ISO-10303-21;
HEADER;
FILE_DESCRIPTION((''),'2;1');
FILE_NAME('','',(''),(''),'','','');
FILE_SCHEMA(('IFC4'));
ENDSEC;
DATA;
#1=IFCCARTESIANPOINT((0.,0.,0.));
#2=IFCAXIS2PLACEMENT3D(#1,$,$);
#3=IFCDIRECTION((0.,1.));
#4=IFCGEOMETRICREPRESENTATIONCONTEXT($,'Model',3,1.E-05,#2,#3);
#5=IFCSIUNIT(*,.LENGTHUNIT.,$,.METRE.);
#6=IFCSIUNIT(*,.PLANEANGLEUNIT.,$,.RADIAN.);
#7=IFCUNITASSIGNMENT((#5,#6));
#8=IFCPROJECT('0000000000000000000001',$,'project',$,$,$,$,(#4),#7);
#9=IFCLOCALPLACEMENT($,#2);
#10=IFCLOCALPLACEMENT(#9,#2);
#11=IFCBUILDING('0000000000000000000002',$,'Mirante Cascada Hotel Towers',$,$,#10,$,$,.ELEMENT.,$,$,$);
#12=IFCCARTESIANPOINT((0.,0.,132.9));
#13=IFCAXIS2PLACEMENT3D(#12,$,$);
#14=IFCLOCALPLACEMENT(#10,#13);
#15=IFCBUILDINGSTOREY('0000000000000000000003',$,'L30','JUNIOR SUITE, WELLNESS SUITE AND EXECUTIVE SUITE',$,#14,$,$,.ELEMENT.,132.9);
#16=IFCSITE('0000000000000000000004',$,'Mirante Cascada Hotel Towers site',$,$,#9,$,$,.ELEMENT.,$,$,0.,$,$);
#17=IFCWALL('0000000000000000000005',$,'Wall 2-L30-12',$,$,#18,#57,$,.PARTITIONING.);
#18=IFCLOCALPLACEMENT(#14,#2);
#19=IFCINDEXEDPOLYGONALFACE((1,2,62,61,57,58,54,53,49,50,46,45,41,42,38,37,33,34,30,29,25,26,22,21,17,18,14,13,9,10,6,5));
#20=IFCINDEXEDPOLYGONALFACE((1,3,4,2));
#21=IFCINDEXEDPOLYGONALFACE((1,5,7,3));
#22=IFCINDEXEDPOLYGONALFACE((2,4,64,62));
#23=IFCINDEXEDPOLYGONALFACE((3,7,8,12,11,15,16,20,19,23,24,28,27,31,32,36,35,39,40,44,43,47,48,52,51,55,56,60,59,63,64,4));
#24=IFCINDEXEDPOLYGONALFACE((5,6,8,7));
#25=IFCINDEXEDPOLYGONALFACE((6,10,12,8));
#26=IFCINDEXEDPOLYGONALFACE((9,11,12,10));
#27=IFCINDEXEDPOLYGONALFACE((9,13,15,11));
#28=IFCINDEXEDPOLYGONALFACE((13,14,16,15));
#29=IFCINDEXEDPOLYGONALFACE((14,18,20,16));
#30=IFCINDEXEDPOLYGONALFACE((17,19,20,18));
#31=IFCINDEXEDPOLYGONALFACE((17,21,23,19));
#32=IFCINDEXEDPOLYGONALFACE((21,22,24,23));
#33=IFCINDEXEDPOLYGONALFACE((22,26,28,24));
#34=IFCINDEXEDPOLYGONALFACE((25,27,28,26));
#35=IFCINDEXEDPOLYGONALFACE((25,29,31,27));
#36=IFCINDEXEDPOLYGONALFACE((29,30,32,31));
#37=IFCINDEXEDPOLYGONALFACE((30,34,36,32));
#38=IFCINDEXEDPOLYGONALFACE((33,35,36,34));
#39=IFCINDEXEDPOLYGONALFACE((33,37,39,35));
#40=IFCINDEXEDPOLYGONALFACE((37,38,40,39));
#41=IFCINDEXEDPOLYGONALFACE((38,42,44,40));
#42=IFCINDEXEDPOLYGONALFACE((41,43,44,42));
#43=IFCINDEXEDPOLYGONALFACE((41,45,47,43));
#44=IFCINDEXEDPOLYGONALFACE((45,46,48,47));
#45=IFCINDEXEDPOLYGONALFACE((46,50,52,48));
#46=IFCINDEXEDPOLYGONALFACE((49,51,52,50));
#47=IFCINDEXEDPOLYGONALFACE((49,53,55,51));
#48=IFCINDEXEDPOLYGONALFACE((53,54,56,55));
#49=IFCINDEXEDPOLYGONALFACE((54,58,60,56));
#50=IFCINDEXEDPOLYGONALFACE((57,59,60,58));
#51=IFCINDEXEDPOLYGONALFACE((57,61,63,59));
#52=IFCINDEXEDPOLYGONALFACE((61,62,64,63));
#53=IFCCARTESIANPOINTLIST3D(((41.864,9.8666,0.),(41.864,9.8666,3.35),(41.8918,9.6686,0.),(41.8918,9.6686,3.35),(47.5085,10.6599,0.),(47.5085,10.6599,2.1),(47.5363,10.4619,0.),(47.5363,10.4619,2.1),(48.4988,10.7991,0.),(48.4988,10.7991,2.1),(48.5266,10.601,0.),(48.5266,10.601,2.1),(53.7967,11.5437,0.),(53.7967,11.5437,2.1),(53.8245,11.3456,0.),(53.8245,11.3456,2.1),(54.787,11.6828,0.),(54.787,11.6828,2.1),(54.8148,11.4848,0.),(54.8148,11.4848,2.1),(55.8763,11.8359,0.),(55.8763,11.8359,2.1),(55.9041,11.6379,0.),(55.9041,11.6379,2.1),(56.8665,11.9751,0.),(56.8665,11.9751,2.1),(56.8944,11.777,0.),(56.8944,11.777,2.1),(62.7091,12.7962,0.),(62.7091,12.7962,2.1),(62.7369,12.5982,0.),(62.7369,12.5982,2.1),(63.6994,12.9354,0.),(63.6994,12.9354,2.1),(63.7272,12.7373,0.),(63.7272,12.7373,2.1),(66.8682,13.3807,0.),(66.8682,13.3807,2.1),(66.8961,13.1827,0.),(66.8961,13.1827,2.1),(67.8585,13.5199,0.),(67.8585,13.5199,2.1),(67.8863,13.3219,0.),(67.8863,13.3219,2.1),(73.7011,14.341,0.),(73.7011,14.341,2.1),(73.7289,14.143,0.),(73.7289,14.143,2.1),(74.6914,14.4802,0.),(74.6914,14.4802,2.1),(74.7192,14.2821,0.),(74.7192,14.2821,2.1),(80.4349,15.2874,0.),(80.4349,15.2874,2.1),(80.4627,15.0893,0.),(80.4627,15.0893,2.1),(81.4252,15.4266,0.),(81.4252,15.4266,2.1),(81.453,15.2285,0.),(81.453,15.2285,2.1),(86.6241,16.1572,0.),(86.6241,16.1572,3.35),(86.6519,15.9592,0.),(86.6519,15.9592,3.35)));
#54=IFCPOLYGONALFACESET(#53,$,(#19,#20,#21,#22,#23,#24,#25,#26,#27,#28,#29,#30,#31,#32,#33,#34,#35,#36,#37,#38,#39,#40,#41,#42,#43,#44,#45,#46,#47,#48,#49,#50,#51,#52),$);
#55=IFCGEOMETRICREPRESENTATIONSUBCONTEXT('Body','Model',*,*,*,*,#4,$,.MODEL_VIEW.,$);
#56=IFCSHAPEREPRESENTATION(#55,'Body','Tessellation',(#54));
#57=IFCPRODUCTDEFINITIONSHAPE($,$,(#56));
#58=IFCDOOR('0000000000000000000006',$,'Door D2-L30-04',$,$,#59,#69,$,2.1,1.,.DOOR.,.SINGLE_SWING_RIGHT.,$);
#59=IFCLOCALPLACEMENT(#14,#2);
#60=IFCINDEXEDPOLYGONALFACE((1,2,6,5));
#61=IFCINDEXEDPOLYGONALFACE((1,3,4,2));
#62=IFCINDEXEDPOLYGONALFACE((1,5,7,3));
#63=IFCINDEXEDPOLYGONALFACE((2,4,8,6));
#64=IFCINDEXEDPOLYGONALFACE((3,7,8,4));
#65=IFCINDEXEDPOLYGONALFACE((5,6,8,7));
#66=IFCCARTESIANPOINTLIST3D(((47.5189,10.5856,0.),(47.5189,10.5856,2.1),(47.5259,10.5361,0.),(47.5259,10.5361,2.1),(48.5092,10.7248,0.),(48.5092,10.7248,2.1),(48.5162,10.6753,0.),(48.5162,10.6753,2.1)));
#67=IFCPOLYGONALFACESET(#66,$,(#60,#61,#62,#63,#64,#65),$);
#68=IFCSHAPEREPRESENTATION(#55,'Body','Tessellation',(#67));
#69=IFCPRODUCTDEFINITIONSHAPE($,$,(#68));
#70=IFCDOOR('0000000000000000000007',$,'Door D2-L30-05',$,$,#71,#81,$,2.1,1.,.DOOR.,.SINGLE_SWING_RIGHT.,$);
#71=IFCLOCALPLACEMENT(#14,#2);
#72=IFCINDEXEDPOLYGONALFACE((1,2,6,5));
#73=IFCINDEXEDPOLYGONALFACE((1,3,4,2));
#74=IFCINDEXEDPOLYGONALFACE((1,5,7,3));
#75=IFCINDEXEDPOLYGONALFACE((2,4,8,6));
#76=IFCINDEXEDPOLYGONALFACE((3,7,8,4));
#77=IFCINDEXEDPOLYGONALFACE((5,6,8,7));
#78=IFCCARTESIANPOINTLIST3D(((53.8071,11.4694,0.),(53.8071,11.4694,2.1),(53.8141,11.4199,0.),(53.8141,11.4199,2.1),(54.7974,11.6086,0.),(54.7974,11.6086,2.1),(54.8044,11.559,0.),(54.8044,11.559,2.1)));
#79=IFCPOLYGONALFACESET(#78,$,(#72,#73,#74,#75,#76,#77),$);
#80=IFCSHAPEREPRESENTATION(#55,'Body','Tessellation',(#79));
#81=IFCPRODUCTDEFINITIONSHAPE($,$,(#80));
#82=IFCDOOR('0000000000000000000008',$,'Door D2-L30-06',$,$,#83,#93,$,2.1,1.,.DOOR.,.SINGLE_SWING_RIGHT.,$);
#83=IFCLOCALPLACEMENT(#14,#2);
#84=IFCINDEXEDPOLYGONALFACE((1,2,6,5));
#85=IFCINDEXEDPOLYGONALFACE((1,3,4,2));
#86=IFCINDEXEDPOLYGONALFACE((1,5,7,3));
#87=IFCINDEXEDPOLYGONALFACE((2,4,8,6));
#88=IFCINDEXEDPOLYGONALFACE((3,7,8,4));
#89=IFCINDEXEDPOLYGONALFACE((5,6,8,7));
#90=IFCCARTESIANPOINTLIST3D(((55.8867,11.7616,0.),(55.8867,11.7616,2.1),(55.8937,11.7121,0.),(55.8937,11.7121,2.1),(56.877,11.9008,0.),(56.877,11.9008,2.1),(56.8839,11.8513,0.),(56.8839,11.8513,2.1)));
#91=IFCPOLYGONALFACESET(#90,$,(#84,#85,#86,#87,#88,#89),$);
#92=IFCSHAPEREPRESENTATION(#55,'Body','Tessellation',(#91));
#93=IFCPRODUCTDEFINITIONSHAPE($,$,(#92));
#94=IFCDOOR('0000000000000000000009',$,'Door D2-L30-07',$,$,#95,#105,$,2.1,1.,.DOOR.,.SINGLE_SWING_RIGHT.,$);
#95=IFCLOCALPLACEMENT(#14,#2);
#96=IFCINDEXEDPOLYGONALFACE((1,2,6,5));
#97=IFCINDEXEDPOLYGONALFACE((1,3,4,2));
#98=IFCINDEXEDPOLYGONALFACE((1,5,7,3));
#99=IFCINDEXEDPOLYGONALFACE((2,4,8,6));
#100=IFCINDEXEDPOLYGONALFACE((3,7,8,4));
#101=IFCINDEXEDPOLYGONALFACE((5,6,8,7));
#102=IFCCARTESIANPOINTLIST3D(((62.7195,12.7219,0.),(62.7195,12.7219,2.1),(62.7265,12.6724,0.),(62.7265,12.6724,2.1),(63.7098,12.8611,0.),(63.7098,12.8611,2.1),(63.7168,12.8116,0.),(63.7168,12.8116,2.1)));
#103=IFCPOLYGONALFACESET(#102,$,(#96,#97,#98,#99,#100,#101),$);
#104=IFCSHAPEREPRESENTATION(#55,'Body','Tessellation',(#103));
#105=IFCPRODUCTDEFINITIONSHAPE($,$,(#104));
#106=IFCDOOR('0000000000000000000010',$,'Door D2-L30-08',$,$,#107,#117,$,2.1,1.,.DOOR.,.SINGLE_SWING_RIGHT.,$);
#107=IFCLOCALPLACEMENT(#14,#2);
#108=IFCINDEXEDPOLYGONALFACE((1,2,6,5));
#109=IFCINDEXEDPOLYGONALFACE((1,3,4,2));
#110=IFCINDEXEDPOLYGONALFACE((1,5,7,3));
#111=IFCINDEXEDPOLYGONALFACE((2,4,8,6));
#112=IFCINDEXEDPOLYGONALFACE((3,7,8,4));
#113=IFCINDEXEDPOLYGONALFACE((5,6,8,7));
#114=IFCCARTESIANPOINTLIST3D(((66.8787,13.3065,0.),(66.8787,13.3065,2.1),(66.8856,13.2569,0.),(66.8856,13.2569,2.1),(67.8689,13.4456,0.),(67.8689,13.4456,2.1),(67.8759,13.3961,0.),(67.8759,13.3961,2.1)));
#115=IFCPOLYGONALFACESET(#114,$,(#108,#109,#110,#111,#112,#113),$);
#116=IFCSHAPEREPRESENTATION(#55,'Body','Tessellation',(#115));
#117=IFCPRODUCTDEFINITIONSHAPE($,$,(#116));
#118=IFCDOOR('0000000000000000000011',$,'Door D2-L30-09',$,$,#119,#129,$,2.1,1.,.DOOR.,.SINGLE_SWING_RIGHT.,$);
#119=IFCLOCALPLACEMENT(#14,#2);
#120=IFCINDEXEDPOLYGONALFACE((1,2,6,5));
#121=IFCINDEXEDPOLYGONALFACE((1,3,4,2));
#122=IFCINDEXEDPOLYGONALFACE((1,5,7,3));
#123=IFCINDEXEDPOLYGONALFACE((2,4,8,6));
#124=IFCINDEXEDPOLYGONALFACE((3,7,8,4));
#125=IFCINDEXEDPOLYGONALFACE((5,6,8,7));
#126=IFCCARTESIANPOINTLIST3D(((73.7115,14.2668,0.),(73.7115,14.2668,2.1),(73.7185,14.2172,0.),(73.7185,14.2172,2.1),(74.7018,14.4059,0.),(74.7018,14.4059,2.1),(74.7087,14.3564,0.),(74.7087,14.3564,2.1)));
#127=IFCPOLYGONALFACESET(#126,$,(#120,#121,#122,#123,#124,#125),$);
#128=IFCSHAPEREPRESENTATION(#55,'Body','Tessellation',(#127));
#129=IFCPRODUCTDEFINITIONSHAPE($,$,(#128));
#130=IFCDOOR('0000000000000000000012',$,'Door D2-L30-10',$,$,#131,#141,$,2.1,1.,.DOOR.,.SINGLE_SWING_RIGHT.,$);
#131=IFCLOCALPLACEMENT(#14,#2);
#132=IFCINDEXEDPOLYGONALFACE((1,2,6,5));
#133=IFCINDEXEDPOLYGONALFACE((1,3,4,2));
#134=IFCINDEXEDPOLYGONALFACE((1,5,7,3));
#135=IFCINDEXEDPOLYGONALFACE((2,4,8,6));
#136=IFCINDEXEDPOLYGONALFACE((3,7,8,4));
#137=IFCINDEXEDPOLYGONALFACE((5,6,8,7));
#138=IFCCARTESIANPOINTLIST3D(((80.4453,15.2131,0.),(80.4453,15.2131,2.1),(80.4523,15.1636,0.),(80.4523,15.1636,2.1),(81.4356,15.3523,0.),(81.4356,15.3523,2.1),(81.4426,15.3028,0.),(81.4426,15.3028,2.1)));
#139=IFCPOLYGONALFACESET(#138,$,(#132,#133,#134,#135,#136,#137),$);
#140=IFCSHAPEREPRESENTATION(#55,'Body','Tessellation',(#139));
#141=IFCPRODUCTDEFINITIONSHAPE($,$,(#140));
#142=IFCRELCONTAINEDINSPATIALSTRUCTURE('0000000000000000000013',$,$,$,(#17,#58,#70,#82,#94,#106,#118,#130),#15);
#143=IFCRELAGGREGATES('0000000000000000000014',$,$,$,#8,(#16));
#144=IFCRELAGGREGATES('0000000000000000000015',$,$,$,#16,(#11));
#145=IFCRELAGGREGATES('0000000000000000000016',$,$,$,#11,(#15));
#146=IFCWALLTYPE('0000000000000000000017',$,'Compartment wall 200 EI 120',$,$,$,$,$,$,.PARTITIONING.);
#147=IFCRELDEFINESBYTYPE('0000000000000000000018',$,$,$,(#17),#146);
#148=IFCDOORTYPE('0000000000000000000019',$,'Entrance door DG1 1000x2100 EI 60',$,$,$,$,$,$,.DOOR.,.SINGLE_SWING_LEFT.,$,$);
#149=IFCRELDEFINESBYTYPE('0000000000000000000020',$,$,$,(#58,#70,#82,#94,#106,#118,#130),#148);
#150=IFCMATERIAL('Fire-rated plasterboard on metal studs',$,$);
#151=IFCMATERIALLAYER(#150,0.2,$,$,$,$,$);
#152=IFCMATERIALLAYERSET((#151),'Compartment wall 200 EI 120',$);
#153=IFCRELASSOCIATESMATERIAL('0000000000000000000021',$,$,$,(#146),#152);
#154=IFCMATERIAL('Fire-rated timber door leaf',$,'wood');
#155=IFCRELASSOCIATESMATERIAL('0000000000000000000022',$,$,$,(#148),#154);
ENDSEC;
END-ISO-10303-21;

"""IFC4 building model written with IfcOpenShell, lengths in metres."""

from ifc_helpers import new_model, si_unit, direction, frame, frame_2d, origin, place, context, subcontext, project, spatial, rectangle, extrude, material, layer, layer_set, type_object, element, fill, save


model = new_model("IFC4")

# Units and contexts
model_context = context("Model", 3, precision=1e-05, world=origin(), true_north=direction((0.0, 1.0)))
body_context = subcontext(model_context, "Body", "Model", "MODEL_VIEW")
ifc_project = project(units=[si_unit("LENGTHUNIT", "METRE"), si_unit("PLANEANGLEUNIT", "RADIAN")], contexts=[model_context])

# Site, building, storey
site_placement = place(None, origin())
site = spatial("IfcSite", under=ifc_project, at=site_placement, Name="Mirante Cascada Hotel Towers site", CompositionType="ELEMENT", RefElevation=0.0)
building_placement = place(site_placement, origin())
building = spatial("IfcBuilding", under=site, at=building_placement, Name="Mirante Cascada Hotel Towers", CompositionType="ELEMENT")
storey_placement = place(building_placement, frame((0.0, 0.0, 132.9)))
storey = spatial("IfcBuildingStorey", under=building, at=storey_placement, Name="L30", Description="JUNIOR SUITE, WELLNESS SUITE AND EXECUTIVE SUITE", CompositionType="ELEMENT", Elevation=132.9)

# Wall, openings, doors
ifc_material_1 = material(Name="Fire-rated plasterboard on metal studs")
ifc_layer_1 = layer(ifc_material_1, 0.2)
ifc_layer_set_1 = layer_set([ifc_layer_1], Name="Compartment wall 200 EI 120")
wall_type_1 = type_object("IfcWallType", Name="Compartment wall 200 EI 120", PredefinedType="PARTITIONING", material=ifc_layer_set_1)
wall_1_placement = place(storey_placement, frame((86.638, 16.0582, 0.0), z_axis=(0.0, 0.0, 1.0), x_axis=(-0.990268, -0.139173, 0.0)))
wall_1 = element("IfcWall", 1, at=wall_1_placement, inside=storey, type_object=wall_type_1, Name="Wall 2-L30-12", PredefinedType="PARTITIONING", context=body_context, shape_type="SweptSolid", body=[
    extrude(rectangle(XDim=45.2, YDim=0.2, at=frame_2d((22.6, 0.0))), origin(), (0.0, 0.0, 1.0), 3.35),
])
opening_1_placement = place(wall_1_placement, frame((38.5, 0.0, 0.0)))
opening_1 = element("IfcOpeningElement", 2, at=opening_1_placement, cuts=wall_1, PredefinedType="OPENING", context=body_context, shape_type="SweptSolid", body=[
    extrude(rectangle(XDim=1.0, YDim=2.1, at=frame_2d((0.5, 1.05))), frame((0.0, 0.1, 0.0), z_axis=(0.0, -1.0, 0.0), x_axis=(1.0, 0.0, 0.0)), (0.0, 0.0, 1.0), 0.2),
])
opening_2_placement = place(wall_1_placement, frame((32.15, 0.0, 0.0)))
opening_2 = element("IfcOpeningElement", 3, at=opening_2_placement, cuts=wall_1, PredefinedType="OPENING", context=body_context, shape_type="SweptSolid", body=[
    extrude(rectangle(XDim=1.0, YDim=2.1, at=frame_2d((0.5, 1.05))), frame((0.0, 0.1, 0.0), z_axis=(0.0, -1.0, 0.0), x_axis=(1.0, 0.0, 0.0)), (0.0, 0.0, 1.0), 0.2),
])
opening_3_placement = place(wall_1_placement, frame((30.05, 0.0, 0.0)))
opening_3 = element("IfcOpeningElement", 4, at=opening_3_placement, cuts=wall_1, PredefinedType="OPENING", context=body_context, shape_type="SweptSolid", body=[
    extrude(rectangle(XDim=1.0, YDim=2.1, at=frame_2d((0.5, 1.05))), frame((0.0, 0.1, 0.0), z_axis=(0.0, -1.0, 0.0), x_axis=(1.0, 0.0, 0.0)), (0.0, 0.0, 1.0), 0.2),
])
opening_4_placement = place(wall_1_placement, frame((23.15, 0.0, 0.0)))
opening_4 = element("IfcOpeningElement", 5, at=opening_4_placement, cuts=wall_1, PredefinedType="OPENING", context=body_context, shape_type="SweptSolid", body=[
    extrude(rectangle(XDim=1.0, YDim=2.1, at=frame_2d((0.5, 1.05))), frame((0.0, 0.1, 0.0), z_axis=(0.0, -1.0, 0.0), x_axis=(1.0, 0.0, 0.0)), (0.0, 0.0, 1.0), 0.2),
])
opening_5_placement = place(wall_1_placement, frame((18.95, 0.0, 0.0)))
opening_5 = element("IfcOpeningElement", 6, at=opening_5_placement, cuts=wall_1, PredefinedType="OPENING", context=body_context, shape_type="SweptSolid", body=[
    extrude(rectangle(XDim=1.0, YDim=2.1, at=frame_2d((0.5, 1.05))), frame((0.0, 0.1, 0.0), z_axis=(0.0, -1.0, 0.0), x_axis=(1.0, 0.0, 0.0)), (0.0, 0.0, 1.0), 0.2),
])
opening_6_placement = place(wall_1_placement, frame((12.05, 0.0, 0.0)))
opening_6 = element("IfcOpeningElement", 7, at=opening_6_placement, cuts=wall_1, PredefinedType="OPENING", context=body_context, shape_type="SweptSolid", body=[
    extrude(rectangle(XDim=1.0, YDim=2.1, at=frame_2d((0.5, 1.05))), frame((0.0, 0.1, 0.0), z_axis=(0.0, -1.0, 0.0), x_axis=(1.0, 0.0, 0.0)), (0.0, 0.0, 1.0), 0.2),
])
opening_7_placement = place(wall_1_placement, frame((5.25, 0.0, 0.0)))
opening_7 = element("IfcOpeningElement", 8, at=opening_7_placement, cuts=wall_1, PredefinedType="OPENING", context=body_context, shape_type="SweptSolid", body=[
    extrude(rectangle(XDim=1.0, YDim=2.1, at=frame_2d((0.5, 1.05))), frame((0.0, 0.1, 0.0), z_axis=(0.0, -1.0, 0.0), x_axis=(1.0, 0.0, 0.0)), (0.0, 0.0, 1.0), 0.2),
])
ifc_material_2 = material(Name="Fire-rated timber door leaf", Category="wood")
door_type_1 = type_object("IfcDoorType", Name="Entrance door DG1 1000x2100 EI 60", OperationType="SINGLE_SWING_LEFT", PredefinedType="DOOR", material=ifc_material_2)
door_1_placement = place(opening_1_placement, frame((1.0, 0.0, 0.0), z_axis=(0.0, 0.0, 1.0), x_axis=(-1.0, 0.0, 0.0)))
door_1 = element("IfcDoor", 9, at=door_1_placement, inside=storey, type_object=door_type_1, Name="Door D2-L30-04", OperationType="SINGLE_SWING_RIGHT", OverallHeight=2.1, OverallWidth=1.0, PredefinedType="DOOR", context=body_context, shape_type="SweptSolid", body=[
    extrude(rectangle(XDim=1.0, YDim=2.1, at=frame_2d((0.5, 1.05))), frame((0.0, 0.025, 0.0), z_axis=(0.0, -1.0, 0.0), x_axis=(1.0, 0.0, 0.0)), (0.0, 0.0, 1.0), 0.05),
])
fill(opening_1, door_1)
door_2_placement = place(opening_2_placement, frame((1.0, 0.0, 0.0), z_axis=(0.0, 0.0, 1.0), x_axis=(-1.0, 0.0, 0.0)))
door_2 = element("IfcDoor", 10, at=door_2_placement, inside=storey, type_object=door_type_1, Name="Door D2-L30-05", OperationType="SINGLE_SWING_RIGHT", OverallHeight=2.1, OverallWidth=1.0, PredefinedType="DOOR", context=body_context, shape_type="SweptSolid", body=[
    extrude(rectangle(XDim=1.0, YDim=2.1, at=frame_2d((0.5, 1.05))), frame((0.0, 0.025, 0.0), z_axis=(0.0, -1.0, 0.0), x_axis=(1.0, 0.0, 0.0)), (0.0, 0.0, 1.0), 0.05),
])
fill(opening_2, door_2)
door_3_placement = place(opening_3_placement, frame((1.0, 0.0, 0.0), z_axis=(0.0, 0.0, 1.0), x_axis=(-1.0, 0.0, 0.0)))
door_3 = element("IfcDoor", 11, at=door_3_placement, inside=storey, type_object=door_type_1, Name="Door D2-L30-06", OperationType="SINGLE_SWING_RIGHT", OverallHeight=2.1, OverallWidth=1.0, PredefinedType="DOOR", context=body_context, shape_type="SweptSolid", body=[
    extrude(rectangle(XDim=1.0, YDim=2.1, at=frame_2d((0.5, 1.05))), frame((0.0, 0.025, 0.0), z_axis=(0.0, -1.0, 0.0), x_axis=(1.0, 0.0, 0.0)), (0.0, 0.0, 1.0), 0.05),
])
fill(opening_3, door_3)
door_4_placement = place(opening_4_placement, frame((1.0, 0.0, 0.0), z_axis=(0.0, 0.0, 1.0), x_axis=(-1.0, 0.0, 0.0)))
door_4 = element("IfcDoor", 12, at=door_4_placement, inside=storey, type_object=door_type_1, Name="Door D2-L30-07", OperationType="SINGLE_SWING_RIGHT", OverallHeight=2.1, OverallWidth=1.0, PredefinedType="DOOR", context=body_context, shape_type="SweptSolid", body=[
    extrude(rectangle(XDim=1.0, YDim=2.1, at=frame_2d((0.5, 1.05))), frame((0.0, 0.025, 0.0), z_axis=(0.0, -1.0, 0.0), x_axis=(1.0, 0.0, 0.0)), (0.0, 0.0, 1.0), 0.05),
])
fill(opening_4, door_4)
door_5_placement = place(opening_5_placement, frame((1.0, 0.0, 0.0), z_axis=(0.0, 0.0, 1.0), x_axis=(-1.0, 0.0, 0.0)))
door_5 = element("IfcDoor", 13, at=door_5_placement, inside=storey, type_object=door_type_1, Name="Door D2-L30-08", OperationType="SINGLE_SWING_RIGHT", OverallHeight=2.1, OverallWidth=1.0, PredefinedType="DOOR", context=body_context, shape_type="SweptSolid", body=[
    extrude(rectangle(XDim=1.0, YDim=2.1, at=frame_2d((0.5, 1.05))), frame((0.0, 0.025, 0.0), z_axis=(0.0, -1.0, 0.0), x_axis=(1.0, 0.0, 0.0)), (0.0, 0.0, 1.0), 0.05),
])
fill(opening_5, door_5)
door_6_placement = place(opening_6_placement, frame((1.0, 0.0, 0.0), z_axis=(0.0, 0.0, 1.0), x_axis=(-1.0, 0.0, 0.0)))
door_6 = element("IfcDoor", 14, at=door_6_placement, inside=storey, type_object=door_type_1, Name="Door D2-L30-09", OperationType="SINGLE_SWING_RIGHT", OverallHeight=2.1, OverallWidth=1.0, PredefinedType="DOOR", context=body_context, shape_type="SweptSolid", body=[
    extrude(rectangle(XDim=1.0, YDim=2.1, at=frame_2d((0.5, 1.05))), frame((0.0, 0.025, 0.0), z_axis=(0.0, -1.0, 0.0), x_axis=(1.0, 0.0, 0.0)), (0.0, 0.0, 1.0), 0.05),
])
fill(opening_6, door_6)
door_7_placement = place(opening_7_placement, frame((1.0, 0.0, 0.0), z_axis=(0.0, 0.0, 1.0), x_axis=(-1.0, 0.0, 0.0)))
door_7 = element("IfcDoor", 15, at=door_7_placement, inside=storey, type_object=door_type_1, Name="Door D2-L30-10", OperationType="SINGLE_SWING_RIGHT", OverallHeight=2.1, OverallWidth=1.0, PredefinedType="DOOR", context=body_context, shape_type="SweptSolid", body=[
    extrude(rectangle(XDim=1.0, YDim=2.1, at=frame_2d((0.5, 1.05))), frame((0.0, 0.025, 0.0), z_axis=(0.0, -1.0, 0.0), x_axis=(1.0, 0.0, 0.0)), (0.0, 0.0, 1.0), 0.05),
])
fill(opening_7, door_7)

save(model, "model.ifc")
